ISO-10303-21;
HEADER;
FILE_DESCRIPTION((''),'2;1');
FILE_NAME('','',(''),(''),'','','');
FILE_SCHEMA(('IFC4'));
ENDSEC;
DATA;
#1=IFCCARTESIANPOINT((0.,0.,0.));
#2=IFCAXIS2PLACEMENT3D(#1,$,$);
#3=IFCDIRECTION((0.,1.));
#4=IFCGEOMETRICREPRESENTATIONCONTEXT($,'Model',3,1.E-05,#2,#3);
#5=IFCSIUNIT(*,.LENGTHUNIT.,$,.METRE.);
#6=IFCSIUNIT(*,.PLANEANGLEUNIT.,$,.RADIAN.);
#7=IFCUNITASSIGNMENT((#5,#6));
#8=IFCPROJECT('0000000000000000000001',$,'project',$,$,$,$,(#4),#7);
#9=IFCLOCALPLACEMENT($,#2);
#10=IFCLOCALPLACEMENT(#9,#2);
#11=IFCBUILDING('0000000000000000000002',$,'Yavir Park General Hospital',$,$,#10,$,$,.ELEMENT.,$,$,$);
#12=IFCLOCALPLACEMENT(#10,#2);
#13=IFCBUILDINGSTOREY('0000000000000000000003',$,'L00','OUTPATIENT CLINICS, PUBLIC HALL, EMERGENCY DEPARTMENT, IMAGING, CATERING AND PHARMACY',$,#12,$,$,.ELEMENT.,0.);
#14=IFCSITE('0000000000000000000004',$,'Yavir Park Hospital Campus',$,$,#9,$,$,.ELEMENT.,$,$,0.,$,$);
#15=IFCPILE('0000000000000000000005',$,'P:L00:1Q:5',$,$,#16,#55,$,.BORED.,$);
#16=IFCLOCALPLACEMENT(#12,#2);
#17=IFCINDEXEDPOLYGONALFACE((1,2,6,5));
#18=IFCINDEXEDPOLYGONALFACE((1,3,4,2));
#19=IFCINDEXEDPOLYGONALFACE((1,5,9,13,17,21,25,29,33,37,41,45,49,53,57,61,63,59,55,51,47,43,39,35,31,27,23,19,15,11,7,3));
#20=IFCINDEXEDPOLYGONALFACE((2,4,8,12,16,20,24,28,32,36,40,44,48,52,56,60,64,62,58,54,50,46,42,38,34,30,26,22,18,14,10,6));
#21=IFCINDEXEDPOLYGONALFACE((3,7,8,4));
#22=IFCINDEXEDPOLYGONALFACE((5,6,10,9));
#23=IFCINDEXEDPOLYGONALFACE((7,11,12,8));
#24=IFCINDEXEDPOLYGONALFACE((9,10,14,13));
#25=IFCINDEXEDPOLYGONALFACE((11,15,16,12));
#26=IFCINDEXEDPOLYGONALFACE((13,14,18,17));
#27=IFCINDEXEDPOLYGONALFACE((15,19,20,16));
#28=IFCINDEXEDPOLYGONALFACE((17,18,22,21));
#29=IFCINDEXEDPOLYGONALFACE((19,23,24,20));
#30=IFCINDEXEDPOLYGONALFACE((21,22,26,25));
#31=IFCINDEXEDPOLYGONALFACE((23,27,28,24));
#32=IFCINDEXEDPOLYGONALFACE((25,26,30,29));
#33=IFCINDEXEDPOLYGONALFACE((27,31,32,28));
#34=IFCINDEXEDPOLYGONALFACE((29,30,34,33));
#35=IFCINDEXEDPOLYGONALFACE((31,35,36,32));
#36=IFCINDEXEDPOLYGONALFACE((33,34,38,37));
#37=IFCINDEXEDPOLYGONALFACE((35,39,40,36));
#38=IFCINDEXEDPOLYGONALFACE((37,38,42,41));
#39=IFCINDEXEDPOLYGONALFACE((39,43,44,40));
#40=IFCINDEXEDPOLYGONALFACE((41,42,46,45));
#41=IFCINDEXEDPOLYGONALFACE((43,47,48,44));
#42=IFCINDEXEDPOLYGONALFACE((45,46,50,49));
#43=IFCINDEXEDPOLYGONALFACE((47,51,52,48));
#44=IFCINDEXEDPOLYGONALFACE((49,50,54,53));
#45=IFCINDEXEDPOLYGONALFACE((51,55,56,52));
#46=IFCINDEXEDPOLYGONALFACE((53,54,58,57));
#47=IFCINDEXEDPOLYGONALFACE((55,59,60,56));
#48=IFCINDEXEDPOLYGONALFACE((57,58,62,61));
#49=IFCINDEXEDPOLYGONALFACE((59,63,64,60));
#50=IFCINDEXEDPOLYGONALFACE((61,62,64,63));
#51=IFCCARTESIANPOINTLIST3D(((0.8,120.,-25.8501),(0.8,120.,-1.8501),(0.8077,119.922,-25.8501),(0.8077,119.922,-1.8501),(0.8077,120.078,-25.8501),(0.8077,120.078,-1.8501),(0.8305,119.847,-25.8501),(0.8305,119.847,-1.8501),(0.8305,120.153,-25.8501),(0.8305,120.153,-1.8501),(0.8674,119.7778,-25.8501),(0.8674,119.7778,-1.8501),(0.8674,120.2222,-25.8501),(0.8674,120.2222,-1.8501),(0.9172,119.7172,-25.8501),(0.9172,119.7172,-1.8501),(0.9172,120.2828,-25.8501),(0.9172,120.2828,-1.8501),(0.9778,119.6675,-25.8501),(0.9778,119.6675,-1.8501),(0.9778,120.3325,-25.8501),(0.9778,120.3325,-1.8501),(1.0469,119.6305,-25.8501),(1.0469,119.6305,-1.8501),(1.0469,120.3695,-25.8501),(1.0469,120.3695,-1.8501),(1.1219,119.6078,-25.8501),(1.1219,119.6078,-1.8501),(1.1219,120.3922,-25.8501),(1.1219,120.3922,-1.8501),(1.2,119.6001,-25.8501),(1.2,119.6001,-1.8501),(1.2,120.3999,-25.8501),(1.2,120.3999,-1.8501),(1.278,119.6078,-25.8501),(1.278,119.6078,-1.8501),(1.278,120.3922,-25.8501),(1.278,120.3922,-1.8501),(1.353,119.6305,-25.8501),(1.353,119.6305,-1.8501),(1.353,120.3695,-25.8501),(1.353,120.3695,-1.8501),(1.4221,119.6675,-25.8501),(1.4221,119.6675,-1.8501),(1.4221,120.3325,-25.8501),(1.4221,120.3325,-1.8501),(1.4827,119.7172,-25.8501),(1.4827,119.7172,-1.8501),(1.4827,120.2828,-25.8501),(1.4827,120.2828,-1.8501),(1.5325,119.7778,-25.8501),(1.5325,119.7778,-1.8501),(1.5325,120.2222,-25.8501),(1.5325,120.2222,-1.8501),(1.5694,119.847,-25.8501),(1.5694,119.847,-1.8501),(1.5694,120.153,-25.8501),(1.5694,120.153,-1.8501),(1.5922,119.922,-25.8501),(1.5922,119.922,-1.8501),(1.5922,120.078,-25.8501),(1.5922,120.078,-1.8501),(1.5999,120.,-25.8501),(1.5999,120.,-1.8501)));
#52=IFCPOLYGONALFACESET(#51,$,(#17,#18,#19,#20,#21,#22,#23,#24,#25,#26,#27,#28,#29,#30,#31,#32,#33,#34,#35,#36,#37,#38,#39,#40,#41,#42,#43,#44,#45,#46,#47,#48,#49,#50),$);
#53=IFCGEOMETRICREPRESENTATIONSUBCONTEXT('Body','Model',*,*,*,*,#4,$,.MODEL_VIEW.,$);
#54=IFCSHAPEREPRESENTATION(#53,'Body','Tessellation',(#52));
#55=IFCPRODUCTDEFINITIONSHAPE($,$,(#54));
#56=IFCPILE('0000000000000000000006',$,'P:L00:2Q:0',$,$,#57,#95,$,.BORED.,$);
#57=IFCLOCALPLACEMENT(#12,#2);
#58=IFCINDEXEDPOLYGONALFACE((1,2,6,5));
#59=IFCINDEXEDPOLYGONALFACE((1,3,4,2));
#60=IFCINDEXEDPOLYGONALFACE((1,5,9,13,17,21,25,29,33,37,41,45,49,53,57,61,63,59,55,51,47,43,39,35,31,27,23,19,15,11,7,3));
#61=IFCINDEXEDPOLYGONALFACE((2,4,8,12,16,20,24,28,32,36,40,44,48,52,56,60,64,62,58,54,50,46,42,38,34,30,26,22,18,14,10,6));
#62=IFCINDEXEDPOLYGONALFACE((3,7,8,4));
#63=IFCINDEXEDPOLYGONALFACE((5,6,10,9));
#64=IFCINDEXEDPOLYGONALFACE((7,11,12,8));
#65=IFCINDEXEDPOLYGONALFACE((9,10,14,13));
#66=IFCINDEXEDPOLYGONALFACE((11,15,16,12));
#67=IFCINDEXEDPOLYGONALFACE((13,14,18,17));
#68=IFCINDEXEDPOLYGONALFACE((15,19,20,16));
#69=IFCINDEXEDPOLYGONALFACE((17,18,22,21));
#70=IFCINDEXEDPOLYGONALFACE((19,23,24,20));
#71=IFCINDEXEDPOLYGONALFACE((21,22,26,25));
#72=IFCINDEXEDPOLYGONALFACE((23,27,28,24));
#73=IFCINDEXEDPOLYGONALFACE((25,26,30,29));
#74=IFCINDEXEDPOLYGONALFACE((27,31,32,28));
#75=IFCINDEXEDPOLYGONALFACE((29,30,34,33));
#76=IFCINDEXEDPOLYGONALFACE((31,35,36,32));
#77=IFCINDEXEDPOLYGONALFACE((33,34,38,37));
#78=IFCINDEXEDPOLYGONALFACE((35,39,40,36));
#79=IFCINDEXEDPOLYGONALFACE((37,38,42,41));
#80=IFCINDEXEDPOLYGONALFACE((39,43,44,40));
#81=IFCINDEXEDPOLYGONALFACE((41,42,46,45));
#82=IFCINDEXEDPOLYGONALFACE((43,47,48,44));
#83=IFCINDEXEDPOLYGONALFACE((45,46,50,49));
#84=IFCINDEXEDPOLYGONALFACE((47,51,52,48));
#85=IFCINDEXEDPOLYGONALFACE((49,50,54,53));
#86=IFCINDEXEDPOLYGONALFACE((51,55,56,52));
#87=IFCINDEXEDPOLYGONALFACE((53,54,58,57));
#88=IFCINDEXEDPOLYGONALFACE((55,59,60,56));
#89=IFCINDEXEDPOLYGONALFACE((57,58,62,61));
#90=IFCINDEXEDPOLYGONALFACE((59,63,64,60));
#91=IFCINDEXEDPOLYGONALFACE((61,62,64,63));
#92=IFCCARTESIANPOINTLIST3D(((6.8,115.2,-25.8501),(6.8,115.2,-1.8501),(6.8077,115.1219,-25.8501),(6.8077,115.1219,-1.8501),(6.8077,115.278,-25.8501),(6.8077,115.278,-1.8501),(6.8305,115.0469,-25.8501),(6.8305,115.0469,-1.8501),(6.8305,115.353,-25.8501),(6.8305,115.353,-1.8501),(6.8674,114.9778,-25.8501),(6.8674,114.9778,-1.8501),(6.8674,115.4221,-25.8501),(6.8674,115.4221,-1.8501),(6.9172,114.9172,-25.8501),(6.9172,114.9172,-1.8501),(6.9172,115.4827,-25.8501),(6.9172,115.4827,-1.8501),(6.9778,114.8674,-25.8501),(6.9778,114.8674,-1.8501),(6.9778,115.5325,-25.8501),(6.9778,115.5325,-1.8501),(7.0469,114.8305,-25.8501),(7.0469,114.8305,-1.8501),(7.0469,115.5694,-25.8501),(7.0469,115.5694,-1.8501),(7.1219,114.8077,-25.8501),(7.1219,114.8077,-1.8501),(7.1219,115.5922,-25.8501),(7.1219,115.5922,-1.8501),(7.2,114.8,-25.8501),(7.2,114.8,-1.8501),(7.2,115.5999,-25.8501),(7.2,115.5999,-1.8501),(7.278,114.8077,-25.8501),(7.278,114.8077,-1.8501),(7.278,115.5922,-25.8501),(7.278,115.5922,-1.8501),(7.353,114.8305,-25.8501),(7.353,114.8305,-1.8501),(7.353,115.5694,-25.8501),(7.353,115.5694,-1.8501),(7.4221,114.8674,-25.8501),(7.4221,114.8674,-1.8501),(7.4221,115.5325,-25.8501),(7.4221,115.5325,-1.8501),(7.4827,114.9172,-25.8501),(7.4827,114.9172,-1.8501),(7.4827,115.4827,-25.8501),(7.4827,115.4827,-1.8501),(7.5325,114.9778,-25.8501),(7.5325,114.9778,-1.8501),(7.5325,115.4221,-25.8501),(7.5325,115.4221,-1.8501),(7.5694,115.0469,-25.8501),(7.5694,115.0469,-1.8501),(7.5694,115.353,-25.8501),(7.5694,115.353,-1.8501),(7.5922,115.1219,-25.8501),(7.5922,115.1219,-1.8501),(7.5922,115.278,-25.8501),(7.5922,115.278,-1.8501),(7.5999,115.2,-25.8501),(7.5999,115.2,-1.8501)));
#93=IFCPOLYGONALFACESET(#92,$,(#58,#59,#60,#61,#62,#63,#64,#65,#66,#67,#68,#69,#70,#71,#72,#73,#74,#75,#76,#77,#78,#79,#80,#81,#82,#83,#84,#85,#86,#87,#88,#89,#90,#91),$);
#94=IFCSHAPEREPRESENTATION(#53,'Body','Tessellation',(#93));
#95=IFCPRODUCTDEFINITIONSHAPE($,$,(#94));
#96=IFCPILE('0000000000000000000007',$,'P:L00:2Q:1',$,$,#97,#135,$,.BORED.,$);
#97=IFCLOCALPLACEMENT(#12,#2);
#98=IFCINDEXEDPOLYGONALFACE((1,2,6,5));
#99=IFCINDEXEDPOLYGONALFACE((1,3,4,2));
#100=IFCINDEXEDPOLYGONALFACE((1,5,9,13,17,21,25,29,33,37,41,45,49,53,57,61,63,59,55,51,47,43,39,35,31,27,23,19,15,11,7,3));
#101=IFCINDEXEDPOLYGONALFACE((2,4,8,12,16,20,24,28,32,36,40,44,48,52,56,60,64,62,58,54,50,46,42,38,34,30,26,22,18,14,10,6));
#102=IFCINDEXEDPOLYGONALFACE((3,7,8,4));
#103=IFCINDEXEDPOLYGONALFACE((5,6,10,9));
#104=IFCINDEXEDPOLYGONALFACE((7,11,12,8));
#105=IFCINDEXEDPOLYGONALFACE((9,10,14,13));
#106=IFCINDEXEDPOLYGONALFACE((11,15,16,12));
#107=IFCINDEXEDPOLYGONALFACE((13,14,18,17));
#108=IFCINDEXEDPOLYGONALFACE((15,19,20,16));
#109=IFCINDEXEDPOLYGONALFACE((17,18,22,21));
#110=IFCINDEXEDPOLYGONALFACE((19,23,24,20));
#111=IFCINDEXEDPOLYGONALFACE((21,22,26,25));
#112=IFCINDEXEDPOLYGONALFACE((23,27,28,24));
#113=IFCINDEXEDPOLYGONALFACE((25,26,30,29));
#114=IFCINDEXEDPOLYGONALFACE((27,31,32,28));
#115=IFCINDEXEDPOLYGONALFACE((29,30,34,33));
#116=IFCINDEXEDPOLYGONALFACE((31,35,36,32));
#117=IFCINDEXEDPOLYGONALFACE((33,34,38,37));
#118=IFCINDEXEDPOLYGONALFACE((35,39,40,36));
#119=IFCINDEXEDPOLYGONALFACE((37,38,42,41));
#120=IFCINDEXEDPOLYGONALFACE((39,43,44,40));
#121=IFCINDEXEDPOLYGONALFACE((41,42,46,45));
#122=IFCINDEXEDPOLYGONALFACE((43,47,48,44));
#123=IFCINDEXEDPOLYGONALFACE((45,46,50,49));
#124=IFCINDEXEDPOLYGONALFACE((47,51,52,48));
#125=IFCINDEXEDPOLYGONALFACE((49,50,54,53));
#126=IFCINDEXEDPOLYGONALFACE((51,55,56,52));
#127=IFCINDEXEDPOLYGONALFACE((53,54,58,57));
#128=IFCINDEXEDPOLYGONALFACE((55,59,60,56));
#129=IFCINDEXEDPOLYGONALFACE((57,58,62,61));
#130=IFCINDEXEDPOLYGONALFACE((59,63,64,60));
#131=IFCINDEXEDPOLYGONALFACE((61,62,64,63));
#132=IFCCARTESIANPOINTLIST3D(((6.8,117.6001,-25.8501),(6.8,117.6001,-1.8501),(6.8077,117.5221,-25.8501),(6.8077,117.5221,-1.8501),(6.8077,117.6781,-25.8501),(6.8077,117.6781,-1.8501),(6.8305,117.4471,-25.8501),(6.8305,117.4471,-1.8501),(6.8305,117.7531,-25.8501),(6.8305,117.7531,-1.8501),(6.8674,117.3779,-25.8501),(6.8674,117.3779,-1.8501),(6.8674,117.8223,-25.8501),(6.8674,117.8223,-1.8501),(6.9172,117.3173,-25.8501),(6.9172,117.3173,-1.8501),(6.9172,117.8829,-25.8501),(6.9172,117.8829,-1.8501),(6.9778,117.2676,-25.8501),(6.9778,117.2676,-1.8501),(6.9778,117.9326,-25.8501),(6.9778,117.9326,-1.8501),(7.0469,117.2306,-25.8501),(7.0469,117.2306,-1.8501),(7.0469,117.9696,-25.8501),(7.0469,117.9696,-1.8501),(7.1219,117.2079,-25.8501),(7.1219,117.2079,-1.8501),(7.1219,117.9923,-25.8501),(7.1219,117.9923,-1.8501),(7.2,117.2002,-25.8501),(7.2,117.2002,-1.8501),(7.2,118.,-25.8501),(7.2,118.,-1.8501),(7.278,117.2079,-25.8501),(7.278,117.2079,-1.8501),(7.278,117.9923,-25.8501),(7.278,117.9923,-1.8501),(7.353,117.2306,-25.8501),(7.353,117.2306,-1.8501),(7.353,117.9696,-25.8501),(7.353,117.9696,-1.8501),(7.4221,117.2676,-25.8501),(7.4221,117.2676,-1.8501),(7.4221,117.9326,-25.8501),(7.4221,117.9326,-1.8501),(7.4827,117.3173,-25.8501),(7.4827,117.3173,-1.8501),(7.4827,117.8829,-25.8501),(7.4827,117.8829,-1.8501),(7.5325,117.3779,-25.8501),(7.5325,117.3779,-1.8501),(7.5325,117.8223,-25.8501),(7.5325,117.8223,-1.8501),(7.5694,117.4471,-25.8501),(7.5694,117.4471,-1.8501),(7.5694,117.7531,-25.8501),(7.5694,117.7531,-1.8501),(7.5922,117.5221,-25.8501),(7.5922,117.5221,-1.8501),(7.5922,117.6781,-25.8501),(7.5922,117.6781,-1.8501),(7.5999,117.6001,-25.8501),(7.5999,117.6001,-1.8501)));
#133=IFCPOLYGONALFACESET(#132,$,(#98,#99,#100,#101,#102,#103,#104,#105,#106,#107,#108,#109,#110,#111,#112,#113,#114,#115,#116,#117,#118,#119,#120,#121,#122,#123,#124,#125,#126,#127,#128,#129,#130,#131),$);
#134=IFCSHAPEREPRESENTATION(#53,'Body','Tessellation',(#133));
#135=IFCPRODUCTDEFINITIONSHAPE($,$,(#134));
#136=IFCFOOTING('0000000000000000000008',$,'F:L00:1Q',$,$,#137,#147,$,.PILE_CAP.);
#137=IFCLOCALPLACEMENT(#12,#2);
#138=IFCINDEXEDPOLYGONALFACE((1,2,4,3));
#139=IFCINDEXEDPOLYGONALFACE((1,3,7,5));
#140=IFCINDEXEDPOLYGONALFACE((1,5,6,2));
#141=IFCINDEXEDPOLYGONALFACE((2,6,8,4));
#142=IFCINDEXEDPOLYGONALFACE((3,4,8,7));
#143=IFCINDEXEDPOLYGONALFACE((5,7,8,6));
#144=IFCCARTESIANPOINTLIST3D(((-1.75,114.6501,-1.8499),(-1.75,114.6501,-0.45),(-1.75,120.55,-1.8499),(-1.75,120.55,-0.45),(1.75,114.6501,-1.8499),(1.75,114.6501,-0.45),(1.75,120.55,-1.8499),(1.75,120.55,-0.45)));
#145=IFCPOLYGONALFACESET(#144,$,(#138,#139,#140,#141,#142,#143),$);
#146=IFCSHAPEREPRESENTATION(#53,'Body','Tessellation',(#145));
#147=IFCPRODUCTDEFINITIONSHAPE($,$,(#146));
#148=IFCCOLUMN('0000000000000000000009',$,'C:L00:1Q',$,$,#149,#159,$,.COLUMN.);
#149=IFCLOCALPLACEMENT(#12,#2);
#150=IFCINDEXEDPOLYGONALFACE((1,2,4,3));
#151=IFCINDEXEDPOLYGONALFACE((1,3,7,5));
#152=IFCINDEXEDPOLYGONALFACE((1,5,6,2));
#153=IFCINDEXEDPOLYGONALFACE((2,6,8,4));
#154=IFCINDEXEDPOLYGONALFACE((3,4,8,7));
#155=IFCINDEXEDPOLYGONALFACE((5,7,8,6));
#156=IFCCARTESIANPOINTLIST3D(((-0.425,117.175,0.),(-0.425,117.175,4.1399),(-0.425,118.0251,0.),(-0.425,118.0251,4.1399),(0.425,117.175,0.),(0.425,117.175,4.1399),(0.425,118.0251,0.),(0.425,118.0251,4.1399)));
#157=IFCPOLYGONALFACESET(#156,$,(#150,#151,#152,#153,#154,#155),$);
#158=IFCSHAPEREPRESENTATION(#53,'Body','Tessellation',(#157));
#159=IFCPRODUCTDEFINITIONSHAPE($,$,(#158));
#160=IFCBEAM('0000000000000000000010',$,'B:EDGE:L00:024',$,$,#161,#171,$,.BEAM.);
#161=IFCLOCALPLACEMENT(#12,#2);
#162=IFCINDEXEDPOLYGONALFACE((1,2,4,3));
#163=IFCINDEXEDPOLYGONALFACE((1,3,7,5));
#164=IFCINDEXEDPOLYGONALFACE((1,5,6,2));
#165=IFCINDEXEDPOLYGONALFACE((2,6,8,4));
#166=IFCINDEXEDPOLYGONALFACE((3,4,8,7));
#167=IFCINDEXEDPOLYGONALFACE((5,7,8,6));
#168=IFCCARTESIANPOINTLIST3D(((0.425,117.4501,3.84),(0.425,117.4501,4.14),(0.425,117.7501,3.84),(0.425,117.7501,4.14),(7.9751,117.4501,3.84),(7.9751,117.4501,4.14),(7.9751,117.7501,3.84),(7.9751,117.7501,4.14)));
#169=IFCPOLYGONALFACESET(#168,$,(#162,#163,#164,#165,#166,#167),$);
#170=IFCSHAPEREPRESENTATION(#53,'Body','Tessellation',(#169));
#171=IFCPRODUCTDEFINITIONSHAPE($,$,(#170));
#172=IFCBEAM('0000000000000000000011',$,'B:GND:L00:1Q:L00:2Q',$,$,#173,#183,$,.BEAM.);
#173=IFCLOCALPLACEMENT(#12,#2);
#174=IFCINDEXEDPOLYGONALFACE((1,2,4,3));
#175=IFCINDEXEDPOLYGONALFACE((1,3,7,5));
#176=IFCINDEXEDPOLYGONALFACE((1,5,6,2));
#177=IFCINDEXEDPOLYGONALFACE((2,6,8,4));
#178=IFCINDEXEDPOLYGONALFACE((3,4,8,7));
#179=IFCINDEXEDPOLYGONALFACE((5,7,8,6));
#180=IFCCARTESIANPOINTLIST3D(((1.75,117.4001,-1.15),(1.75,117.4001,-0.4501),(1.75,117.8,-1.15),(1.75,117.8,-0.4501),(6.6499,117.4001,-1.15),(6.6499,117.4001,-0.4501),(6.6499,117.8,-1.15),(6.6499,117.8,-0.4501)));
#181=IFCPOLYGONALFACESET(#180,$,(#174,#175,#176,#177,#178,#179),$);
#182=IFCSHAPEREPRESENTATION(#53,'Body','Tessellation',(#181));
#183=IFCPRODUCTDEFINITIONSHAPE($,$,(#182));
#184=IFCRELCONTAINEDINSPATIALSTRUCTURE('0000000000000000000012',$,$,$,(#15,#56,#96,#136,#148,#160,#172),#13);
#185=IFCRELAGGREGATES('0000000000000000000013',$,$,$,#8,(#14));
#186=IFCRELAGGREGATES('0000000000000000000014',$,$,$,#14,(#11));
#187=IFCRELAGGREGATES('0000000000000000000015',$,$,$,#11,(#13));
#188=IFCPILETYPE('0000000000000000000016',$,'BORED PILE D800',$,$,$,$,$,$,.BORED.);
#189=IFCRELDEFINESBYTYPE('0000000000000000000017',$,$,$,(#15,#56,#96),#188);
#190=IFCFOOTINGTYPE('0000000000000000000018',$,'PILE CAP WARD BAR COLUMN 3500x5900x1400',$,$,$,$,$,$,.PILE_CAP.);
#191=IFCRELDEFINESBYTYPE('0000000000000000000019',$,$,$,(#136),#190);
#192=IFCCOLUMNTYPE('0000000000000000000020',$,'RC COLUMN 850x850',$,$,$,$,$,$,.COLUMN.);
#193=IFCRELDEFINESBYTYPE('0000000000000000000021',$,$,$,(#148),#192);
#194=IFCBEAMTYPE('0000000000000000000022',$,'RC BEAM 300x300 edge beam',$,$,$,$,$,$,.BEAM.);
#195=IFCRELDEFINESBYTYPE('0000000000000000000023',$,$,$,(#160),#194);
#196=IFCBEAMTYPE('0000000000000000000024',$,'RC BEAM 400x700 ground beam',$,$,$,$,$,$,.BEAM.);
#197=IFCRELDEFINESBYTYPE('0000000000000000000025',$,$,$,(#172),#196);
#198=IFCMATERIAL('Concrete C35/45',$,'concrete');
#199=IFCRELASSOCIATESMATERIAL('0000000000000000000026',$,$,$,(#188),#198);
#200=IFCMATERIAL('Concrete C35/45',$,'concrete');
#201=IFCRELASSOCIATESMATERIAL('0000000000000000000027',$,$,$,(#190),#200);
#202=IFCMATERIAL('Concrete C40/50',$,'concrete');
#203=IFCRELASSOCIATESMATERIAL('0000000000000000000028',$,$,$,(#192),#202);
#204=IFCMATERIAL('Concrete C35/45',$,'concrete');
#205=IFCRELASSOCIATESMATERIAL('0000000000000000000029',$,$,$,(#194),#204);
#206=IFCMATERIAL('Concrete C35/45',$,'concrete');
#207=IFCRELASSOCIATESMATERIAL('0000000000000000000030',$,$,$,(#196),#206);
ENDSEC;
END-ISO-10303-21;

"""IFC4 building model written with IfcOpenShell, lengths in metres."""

from ifc_helpers import new_model, si_unit, direction, frame, origin, origin_2d, place, context, subcontext, project, spatial, rectangle, circle, extrude, material, material_profile, profile_set, type_object, element, save


model = new_model("IFC4")

# Units and contexts
model_context = context("Model", 3, precision=1e-05, world=origin(), true_north=direction((0.0, 1.0)))
body_context = subcontext(model_context, "Body", "Model", "MODEL_VIEW")
ifc_project = project(units=[si_unit("LENGTHUNIT", "METRE"), si_unit("PLANEANGLEUNIT", "RADIAN")], contexts=[model_context])

# Site, building, storey
site_placement = place(None, origin())
site = spatial("IfcSite", under=ifc_project, at=site_placement, Name="Yavir Park Hospital Campus", CompositionType="ELEMENT", RefElevation=0.0)
building_placement = place(site_placement, origin())
building = spatial("IfcBuilding", under=site, at=building_placement, Name="Yavir Park General Hospital", CompositionType="ELEMENT")
storey_placement = place(building_placement, origin())
storey = spatial("IfcBuildingStorey", under=building, at=storey_placement, Name="L00", Description="OUTPATIENT CLINICS, PUBLIC HALL, EMERGENCY DEPARTMENT, IMAGING, CATERING AND PHARMACY", CompositionType="ELEMENT", Elevation=0.0)

# Piles
ifc_material_1 = material(Name="Concrete C35/45", Category="concrete")
ifc_material_profile_1 = material_profile(ifc_material_1, circle(Radius=0.3999, at=origin_2d()), Name="D800")
ifc_profile_set_1 = profile_set([ifc_material_profile_1], Name="Concrete C35/45")
pile_type = type_object("IfcPileType", Name="BORED PILE D800", PredefinedType="BORED", material=ifc_profile_set_1)
for number, where, z_axis, x_axis, name in (
    (1, (1.2, 120.0, -1.8501), (0.0, 0.0, -1.0), (1.0, 0.0, 0.0), "P:L00:1Q:5"),
    (2, (7.2, 115.2, -1.8501), (0.0, 0.0, -1.0), (1.0, 0.0, 0.0), "P:L00:2Q:0"),
    (3, (7.2, 117.6001, -1.8501), (0.0, 0.0, -1.0), (1.0, 0.0, 0.0), "P:L00:2Q:1"),
):
    element("IfcPile", number, at=place(storey_placement, frame(where, z_axis=z_axis, x_axis=x_axis)), inside=storey, type_object=pile_type, Name=name, PredefinedType="BORED", context=body_context, shape_type="SweptSolid", body=[
        extrude(circle(Radius=0.3999, at=origin_2d()), origin(), (0.0, 0.0, 1.0), 24.0),
    ])

# Footing
ifc_material_2 = material(Name="Concrete C35/45", Category="concrete")
footing_type = type_object("IfcFootingType", Name="PILE CAP WARD BAR COLUMN 3500x5900x1400", PredefinedType="PILE_CAP", material=ifc_material_2)
footing_placement = place(storey_placement, frame((0.0, 117.6001, -1.8499), z_axis=(0.0, 0.0, 1.0), x_axis=(1.0, 0.0, 0.0)))
element("IfcFooting", 4, at=footing_placement, inside=storey, type_object=footing_type, Name="F:L00:1Q", PredefinedType="PILE_CAP", context=body_context, shape_type="SweptSolid", body=[
    extrude(rectangle(XDim=3.5, YDim=5.8999, at=origin_2d()), origin(), (0.0, 0.0, 1.0), 1.3999),
])

# Column
ifc_material_3 = material(Name="Concrete C40/50", Category="concrete")
ifc_material_profile_2 = material_profile(ifc_material_3, rectangle(XDim=0.8501, YDim=0.8501, at=origin_2d()), Name="RC850x850")
ifc_profile_set_2 = profile_set([ifc_material_profile_2], Name="Concrete C40/50")
column_type = type_object("IfcColumnType", Name="RC COLUMN 850x850", PredefinedType="COLUMN", material=ifc_profile_set_2)
column_placement = place(storey_placement, frame((0.0, 117.6001, 0.0), z_axis=(0.0, 0.0, 1.0), x_axis=(1.0, 0.0, 0.0)))
element("IfcColumn", 5, at=column_placement, inside=storey, type_object=column_type, Name="C:L00:1Q", PredefinedType="COLUMN", context=body_context, shape_type="SweptSolid", body=[
    extrude(rectangle(XDim=0.8501, YDim=0.8501, at=origin_2d()), origin(), (0.0, 0.0, 1.0), 4.1399),
])

# Beams
ifc_material_4 = material(Name="Concrete C35/45", Category="concrete")
ifc_material_profile_3 = material_profile(ifc_material_4, rectangle(XDim=0.3, YDim=0.3, at=origin_2d()), Name="RC300x300")
ifc_profile_set_3 = profile_set([ifc_material_profile_3], Name="Concrete C35/45")
beam_type_1 = type_object("IfcBeamType", Name="RC BEAM 300x300 edge beam", PredefinedType="BEAM", material=ifc_profile_set_3)
beam_1_placement = place(storey_placement, frame((0.425, 117.6001, 3.99), z_axis=(1.0, 0.0, 0.0), x_axis=(0.0, 1.0, 0.0)))
element("IfcBeam", 6, at=beam_1_placement, inside=storey, type_object=beam_type_1, Name="B:EDGE:L00:024", PredefinedType="BEAM", context=body_context, shape_type="SweptSolid", body=[
    extrude(rectangle(XDim=0.3, YDim=0.3, at=origin_2d()), origin(), (0.0, 0.0, 1.0), 7.55),
])
ifc_material_5 = material(Name="Concrete C35/45", Category="concrete")
ifc_material_profile_4 = material_profile(ifc_material_5, rectangle(XDim=0.3999, YDim=0.7, at=origin_2d()), Name="RC400x700")
ifc_profile_set_4 = profile_set([ifc_material_profile_4], Name="Concrete C35/45")
beam_type_2 = type_object("IfcBeamType", Name="RC BEAM 400x700 ground beam", PredefinedType="BEAM", material=ifc_profile_set_4)
beam_2_placement = place(storey_placement, frame((1.75, 117.6001, -0.8), z_axis=(1.0, 0.0, 0.0), x_axis=(0.0, 1.0, 0.0)))
element("IfcBeam", 7, at=beam_2_placement, inside=storey, type_object=beam_type_2, Name="B:GND:L00:1Q:L00:2Q", PredefinedType="BEAM", context=body_context, shape_type="SweptSolid", body=[
    extrude(rectangle(XDim=0.3999, YDim=0.7, at=origin_2d()), origin(), (0.0, 0.0, 1.0), 4.8999),
])

save(model, "model.ifc")
